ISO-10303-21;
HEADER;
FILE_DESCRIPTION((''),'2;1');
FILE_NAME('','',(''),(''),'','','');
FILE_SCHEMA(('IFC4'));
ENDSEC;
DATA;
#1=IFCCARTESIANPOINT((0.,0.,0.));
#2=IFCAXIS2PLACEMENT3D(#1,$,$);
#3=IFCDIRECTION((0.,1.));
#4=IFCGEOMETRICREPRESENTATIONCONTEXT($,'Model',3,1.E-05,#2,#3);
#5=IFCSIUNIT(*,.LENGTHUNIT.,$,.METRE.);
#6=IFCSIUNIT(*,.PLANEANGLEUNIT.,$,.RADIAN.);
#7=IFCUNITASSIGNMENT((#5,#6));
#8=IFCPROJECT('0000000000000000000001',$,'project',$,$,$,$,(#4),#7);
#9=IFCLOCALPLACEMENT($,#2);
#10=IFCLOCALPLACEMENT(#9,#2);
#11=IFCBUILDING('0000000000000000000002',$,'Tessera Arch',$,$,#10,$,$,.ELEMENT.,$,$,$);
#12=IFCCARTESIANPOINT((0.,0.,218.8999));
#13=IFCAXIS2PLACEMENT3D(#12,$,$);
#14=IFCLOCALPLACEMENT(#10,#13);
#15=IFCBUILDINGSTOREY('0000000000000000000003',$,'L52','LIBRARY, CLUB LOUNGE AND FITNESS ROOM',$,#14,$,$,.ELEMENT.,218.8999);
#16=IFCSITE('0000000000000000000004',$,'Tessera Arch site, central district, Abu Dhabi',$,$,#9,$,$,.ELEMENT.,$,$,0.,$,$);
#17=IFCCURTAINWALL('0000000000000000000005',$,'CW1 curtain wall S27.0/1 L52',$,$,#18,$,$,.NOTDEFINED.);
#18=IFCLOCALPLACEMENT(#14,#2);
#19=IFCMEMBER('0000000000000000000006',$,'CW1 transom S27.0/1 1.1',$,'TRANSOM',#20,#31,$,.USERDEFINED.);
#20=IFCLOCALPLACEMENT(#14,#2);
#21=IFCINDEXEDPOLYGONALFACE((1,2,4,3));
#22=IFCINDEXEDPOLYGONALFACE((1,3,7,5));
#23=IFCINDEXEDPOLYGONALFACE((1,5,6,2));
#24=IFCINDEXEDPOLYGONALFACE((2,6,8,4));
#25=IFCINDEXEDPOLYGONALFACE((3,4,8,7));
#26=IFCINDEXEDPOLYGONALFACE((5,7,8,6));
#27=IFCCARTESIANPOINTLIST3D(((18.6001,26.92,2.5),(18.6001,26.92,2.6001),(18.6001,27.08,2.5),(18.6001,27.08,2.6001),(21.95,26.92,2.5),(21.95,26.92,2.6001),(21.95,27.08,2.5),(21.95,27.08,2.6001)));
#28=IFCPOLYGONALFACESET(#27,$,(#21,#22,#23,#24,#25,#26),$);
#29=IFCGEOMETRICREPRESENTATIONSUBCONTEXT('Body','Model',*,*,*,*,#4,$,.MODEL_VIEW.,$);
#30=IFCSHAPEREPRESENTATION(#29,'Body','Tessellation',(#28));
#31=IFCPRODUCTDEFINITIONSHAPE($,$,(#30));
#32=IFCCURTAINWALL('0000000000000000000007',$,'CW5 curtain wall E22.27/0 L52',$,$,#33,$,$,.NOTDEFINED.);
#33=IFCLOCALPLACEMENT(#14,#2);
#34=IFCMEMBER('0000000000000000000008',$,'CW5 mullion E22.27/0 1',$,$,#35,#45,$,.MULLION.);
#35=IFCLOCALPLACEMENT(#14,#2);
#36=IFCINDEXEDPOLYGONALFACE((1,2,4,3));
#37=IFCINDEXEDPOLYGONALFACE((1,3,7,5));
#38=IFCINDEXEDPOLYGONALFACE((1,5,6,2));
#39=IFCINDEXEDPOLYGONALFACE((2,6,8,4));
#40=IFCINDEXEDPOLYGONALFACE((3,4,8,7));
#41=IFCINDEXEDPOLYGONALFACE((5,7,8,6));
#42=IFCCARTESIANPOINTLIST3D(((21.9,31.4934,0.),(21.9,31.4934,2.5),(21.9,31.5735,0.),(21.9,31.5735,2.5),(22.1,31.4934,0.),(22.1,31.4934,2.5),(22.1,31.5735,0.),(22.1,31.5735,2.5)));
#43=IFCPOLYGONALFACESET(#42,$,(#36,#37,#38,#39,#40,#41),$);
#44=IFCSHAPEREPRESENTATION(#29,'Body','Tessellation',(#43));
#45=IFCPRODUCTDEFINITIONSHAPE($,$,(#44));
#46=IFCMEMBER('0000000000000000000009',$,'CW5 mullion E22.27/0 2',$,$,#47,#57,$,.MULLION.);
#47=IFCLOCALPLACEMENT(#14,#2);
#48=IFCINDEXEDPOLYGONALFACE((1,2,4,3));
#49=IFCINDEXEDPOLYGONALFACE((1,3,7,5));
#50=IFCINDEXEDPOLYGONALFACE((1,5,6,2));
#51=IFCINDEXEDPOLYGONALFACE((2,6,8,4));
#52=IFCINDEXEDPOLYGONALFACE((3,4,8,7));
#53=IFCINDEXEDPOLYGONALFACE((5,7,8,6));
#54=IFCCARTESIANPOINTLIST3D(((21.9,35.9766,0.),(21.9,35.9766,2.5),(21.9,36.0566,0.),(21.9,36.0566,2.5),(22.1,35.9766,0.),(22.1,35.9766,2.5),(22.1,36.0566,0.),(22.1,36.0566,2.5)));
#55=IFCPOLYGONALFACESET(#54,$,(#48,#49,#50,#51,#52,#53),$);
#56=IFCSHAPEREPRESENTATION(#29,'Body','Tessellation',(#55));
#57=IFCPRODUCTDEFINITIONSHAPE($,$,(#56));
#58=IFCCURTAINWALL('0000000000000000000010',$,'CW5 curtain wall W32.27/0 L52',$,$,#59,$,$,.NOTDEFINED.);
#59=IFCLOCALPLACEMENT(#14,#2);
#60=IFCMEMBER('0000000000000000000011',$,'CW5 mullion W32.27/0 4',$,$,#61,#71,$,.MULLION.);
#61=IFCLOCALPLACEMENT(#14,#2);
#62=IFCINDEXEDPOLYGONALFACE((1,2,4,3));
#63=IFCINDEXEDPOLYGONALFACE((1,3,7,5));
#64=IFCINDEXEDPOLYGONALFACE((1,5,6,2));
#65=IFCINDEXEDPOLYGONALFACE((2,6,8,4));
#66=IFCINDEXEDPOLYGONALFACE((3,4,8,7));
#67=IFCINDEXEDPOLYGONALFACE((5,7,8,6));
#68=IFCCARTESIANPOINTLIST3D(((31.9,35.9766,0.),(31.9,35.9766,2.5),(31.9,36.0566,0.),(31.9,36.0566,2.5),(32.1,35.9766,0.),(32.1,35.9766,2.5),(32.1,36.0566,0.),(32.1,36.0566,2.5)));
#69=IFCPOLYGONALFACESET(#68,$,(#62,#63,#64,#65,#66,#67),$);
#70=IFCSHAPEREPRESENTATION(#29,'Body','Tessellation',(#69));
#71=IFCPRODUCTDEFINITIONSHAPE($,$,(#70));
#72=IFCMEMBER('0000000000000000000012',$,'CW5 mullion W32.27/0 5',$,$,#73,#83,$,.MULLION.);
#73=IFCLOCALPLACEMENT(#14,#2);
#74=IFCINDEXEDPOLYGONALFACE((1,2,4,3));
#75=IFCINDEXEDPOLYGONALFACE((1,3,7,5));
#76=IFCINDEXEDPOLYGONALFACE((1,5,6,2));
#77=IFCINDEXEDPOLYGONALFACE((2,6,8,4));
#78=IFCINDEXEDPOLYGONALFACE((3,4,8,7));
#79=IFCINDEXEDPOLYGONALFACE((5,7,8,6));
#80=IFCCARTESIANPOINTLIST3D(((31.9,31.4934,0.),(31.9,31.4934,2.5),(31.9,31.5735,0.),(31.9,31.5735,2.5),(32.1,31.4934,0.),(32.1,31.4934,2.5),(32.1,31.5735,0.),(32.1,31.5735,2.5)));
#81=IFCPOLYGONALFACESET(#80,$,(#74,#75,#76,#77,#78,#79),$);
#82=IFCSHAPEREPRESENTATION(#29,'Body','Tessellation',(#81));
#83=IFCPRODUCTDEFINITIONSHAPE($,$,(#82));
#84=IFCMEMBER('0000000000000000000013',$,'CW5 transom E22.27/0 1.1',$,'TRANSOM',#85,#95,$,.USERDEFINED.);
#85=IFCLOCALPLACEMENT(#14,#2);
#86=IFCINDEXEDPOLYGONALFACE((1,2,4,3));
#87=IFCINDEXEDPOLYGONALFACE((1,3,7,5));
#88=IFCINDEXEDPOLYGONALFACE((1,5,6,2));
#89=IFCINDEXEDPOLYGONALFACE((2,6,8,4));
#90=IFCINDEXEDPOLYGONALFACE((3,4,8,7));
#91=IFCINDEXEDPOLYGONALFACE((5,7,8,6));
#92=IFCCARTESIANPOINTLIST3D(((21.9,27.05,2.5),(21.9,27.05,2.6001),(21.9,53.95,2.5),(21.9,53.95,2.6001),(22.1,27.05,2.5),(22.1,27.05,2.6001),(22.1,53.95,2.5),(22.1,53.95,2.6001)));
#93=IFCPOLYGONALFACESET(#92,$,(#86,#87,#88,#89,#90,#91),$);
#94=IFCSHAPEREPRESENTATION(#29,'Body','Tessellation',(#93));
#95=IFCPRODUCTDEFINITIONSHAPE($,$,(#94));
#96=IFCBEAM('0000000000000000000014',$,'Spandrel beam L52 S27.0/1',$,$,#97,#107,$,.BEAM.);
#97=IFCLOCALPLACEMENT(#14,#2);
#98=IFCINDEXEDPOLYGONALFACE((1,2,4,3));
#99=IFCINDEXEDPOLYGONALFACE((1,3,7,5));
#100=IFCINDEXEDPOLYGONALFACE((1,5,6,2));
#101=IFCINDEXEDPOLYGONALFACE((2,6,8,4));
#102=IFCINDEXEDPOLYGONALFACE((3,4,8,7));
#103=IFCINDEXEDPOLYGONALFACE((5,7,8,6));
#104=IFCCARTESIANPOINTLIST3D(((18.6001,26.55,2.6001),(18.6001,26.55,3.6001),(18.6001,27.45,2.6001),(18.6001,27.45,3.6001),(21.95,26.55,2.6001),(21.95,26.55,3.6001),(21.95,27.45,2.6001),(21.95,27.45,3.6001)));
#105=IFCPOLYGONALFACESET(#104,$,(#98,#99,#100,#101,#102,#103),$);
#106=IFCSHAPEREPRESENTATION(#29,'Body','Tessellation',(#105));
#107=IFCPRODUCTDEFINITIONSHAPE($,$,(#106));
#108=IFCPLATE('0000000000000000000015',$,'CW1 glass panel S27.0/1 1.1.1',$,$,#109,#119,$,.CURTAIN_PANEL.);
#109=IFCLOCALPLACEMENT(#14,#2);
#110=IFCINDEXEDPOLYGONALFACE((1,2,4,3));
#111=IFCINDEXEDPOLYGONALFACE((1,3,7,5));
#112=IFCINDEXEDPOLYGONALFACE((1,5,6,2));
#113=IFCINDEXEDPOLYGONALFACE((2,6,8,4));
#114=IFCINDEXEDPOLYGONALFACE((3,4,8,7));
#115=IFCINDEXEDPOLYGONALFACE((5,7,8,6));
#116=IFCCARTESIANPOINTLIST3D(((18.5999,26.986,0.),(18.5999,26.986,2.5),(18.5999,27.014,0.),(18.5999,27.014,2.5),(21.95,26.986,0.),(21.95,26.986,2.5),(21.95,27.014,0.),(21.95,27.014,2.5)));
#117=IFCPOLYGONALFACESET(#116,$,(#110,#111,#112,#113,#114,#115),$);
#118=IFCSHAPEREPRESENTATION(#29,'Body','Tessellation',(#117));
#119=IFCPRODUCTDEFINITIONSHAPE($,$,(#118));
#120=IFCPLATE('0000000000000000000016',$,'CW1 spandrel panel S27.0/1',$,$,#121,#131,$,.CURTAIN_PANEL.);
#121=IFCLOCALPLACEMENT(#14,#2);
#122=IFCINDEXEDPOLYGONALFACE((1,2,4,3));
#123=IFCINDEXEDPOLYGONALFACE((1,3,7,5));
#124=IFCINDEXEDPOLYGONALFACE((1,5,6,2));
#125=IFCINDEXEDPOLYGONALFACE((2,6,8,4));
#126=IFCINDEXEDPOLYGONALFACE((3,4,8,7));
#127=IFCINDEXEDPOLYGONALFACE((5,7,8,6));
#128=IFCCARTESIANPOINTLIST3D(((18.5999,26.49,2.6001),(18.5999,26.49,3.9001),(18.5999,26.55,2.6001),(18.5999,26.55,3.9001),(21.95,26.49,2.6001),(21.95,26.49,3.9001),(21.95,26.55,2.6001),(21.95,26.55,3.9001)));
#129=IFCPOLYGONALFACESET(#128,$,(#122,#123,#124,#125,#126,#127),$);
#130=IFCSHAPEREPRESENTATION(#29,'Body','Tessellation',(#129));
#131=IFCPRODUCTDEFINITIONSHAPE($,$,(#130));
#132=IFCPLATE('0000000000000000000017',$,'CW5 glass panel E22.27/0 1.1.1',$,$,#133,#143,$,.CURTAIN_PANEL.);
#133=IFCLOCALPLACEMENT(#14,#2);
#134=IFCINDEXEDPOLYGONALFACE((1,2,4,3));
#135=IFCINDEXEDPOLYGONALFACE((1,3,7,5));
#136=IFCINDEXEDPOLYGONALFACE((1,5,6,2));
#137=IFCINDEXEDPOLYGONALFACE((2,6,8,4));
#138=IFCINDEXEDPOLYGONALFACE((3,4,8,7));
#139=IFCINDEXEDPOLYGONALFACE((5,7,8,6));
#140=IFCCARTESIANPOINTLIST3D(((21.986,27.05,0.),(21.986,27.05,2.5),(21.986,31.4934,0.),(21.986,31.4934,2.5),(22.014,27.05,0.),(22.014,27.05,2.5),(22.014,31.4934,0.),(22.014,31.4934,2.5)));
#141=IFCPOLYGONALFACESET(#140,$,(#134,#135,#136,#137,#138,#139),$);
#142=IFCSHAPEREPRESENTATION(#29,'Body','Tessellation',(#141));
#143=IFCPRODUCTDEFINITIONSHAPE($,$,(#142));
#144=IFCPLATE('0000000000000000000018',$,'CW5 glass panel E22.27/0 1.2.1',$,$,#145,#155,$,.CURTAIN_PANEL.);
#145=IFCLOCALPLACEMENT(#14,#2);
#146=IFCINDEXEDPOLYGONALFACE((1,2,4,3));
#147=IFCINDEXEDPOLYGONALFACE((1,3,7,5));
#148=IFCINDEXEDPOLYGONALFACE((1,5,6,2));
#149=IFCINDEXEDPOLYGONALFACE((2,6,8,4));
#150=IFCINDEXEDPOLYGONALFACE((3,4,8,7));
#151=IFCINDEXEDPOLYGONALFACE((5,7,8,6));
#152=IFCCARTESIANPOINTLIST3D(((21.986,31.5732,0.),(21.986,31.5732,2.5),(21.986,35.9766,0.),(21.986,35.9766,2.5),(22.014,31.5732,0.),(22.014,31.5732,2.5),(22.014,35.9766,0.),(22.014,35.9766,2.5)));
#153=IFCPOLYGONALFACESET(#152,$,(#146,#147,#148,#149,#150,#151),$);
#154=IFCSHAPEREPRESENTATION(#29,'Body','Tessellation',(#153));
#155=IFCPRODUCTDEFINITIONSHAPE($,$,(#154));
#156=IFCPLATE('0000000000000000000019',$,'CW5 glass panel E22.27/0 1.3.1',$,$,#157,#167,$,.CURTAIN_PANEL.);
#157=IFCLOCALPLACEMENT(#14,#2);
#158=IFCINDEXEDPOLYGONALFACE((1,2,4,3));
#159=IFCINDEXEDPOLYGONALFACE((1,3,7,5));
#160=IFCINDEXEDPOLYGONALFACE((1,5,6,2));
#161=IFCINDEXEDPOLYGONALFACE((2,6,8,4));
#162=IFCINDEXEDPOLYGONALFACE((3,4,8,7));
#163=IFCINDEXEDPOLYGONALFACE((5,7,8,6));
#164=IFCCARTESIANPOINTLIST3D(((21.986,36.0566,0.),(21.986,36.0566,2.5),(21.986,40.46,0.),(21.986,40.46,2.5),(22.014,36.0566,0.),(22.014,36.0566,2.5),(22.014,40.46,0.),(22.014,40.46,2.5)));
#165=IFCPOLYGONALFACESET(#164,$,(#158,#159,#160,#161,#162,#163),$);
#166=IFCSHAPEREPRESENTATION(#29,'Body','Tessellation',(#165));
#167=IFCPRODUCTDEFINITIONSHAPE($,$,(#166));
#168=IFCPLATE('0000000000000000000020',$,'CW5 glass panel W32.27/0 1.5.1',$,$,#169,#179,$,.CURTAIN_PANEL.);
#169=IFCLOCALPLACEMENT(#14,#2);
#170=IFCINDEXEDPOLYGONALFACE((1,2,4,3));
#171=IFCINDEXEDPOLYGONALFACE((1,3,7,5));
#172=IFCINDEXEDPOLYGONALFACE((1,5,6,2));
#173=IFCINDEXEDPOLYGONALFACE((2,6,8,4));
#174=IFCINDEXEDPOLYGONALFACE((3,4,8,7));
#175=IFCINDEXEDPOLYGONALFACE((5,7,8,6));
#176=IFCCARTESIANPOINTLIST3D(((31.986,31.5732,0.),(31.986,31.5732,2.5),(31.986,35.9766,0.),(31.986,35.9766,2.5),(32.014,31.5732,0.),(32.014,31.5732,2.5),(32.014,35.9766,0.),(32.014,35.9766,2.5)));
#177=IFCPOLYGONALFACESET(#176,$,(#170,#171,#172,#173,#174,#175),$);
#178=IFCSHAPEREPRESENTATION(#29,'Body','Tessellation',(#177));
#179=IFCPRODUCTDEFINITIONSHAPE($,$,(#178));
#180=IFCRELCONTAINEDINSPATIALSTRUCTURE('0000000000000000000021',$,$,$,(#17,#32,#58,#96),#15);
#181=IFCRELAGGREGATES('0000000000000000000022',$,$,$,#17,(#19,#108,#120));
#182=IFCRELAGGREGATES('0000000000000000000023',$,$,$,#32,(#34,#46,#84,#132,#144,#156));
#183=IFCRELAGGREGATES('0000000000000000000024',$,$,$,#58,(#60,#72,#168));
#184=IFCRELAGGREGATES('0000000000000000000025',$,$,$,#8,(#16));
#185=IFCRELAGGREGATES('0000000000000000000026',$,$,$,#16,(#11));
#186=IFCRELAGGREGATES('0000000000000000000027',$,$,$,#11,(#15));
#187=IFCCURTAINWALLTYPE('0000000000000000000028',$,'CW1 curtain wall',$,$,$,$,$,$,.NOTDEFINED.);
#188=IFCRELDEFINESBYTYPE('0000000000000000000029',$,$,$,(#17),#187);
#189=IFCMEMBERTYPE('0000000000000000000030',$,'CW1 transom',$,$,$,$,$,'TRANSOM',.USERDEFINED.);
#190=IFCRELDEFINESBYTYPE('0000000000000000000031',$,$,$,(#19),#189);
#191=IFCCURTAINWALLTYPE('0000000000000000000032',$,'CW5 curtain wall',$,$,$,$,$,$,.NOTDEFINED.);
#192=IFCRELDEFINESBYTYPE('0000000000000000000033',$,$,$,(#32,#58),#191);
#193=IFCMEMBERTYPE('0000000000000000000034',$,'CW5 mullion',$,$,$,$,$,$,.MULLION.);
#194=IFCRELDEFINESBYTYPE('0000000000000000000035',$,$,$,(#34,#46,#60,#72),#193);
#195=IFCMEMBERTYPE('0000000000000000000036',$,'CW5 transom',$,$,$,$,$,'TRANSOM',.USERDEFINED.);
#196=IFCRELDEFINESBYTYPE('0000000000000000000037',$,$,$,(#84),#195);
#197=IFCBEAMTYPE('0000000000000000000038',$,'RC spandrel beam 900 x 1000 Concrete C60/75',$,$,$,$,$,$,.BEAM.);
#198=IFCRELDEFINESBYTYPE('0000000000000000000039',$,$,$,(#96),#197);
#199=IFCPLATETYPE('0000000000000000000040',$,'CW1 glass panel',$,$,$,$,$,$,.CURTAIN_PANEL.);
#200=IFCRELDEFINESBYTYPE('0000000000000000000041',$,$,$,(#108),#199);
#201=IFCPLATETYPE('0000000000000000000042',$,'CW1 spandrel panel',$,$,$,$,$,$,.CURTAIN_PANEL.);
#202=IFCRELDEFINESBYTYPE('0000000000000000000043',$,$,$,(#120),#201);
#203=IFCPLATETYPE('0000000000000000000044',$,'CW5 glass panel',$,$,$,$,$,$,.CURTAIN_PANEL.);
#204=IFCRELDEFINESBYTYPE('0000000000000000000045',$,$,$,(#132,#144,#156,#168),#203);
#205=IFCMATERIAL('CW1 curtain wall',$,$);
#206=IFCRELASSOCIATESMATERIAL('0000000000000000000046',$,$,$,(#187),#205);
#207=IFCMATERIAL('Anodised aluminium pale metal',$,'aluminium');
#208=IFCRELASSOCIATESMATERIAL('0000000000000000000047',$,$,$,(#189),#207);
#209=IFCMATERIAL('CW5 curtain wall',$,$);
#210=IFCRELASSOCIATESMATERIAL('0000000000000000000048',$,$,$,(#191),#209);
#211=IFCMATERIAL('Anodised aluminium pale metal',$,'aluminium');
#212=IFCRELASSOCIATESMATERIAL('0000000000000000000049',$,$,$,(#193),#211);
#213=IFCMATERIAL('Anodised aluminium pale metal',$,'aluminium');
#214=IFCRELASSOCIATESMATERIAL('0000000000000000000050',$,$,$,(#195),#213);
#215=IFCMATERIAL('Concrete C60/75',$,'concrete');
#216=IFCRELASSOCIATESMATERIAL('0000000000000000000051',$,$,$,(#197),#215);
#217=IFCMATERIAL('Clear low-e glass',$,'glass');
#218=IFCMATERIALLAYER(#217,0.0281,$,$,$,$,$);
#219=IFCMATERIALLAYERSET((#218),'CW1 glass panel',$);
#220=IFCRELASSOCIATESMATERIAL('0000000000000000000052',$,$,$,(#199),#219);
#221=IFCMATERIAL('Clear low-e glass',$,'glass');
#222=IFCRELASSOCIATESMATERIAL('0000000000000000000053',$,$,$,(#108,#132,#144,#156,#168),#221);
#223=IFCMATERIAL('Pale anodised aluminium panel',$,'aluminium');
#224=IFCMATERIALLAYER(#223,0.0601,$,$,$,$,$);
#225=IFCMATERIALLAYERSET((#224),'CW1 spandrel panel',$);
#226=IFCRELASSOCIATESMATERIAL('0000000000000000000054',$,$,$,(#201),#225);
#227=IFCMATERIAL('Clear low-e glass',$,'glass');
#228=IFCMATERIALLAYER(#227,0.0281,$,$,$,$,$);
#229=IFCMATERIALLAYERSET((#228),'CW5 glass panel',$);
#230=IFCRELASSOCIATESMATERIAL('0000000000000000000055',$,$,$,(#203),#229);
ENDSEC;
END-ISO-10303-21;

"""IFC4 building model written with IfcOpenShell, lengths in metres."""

from ifc_helpers import new_model, si_unit, direction, frame, origin, origin_2d, place, context, subcontext, project, spatial, rectangle, extrude, material, layer, layer_set, material_profile, profile_set, type_object, element, aggregate, save


model = new_model("IFC4")

# Units and contexts
model_context = context("Model", 3, precision=1e-05, world=origin(), true_north=direction((0.0, 1.0)))
body_context = subcontext(model_context, "Body", "Model", "MODEL_VIEW")
ifc_project = project(units=[si_unit("LENGTHUNIT", "METRE"), si_unit("PLANEANGLEUNIT", "RADIAN")], contexts=[model_context])

# Site, building, storey
site_placement = place(None, origin())
site = spatial("IfcSite", under=ifc_project, at=site_placement, Name="Tessera Arch site, central district, Abu Dhabi", CompositionType="ELEMENT", RefElevation=0.0)
building_placement = place(site_placement, origin())
building = spatial("IfcBuilding", under=site, at=building_placement, Name="Tessera Arch", CompositionType="ELEMENT")
storey_placement = place(building_placement, frame((0.0, 0.0, 218.8999)))
storey = spatial("IfcBuildingStorey", under=building, at=storey_placement, Name="L52", Description="LIBRARY, CLUB LOUNGE AND FITNESS ROOM", CompositionType="ELEMENT", Elevation=218.8999)

# Curtain wall, member
ifc_material_1 = material(Name="CW1 curtain wall")
curtain_wall_type_1 = type_object("IfcCurtainWallType", Name="CW1 curtain wall", PredefinedType="NOTDEFINED", material=ifc_material_1)
curtain_wall_1_placement = place(storey_placement, origin())
curtain_wall_1 = element("IfcCurtainWall", 1, at=curtain_wall_1_placement, inside=storey, type_object=curtain_wall_type_1, Name="CW1 curtain wall S27.0/1 L52", PredefinedType="NOTDEFINED")
ifc_material_2 = material(Name="Anodised aluminium pale metal", Category="aluminium")
ifc_material_profile_1 = material_profile(ifc_material_2, rectangle(XDim=0.1599, YDim=0.1001, at=origin_2d()), Name="AL 160x100")
ifc_profile_set_1 = profile_set([ifc_material_profile_1], Name="Anodised aluminium pale metal")
member_type_1 = type_object("IfcMemberType", Name="CW1 transom", ElementType="TRANSOM", PredefinedType="USERDEFINED", material=ifc_profile_set_1)
member_1_placement = place(storey_placement, frame((18.6001, 27.0, 2.55), z_axis=(1.0, 0.0, 0.0), x_axis=(0.0, 1.0, 0.0)))
member_1 = element("IfcMember", 2, at=member_1_placement, type_object=member_type_1, Name="CW1 transom S27.0/1 1.1", ObjectType="TRANSOM", PredefinedType="USERDEFINED", context=body_context, shape_type="SweptSolid", body=[
    extrude(rectangle(XDim=0.1599, YDim=0.1001, at=origin_2d()), origin(), (0.0, 0.0, 1.0), 3.3499),
])

# Curtain walls, members
ifc_material_3 = material(Name="CW5 curtain wall")
curtain_wall_type_2 = type_object("IfcCurtainWallType", Name="CW5 curtain wall", PredefinedType="NOTDEFINED", material=ifc_material_3)
curtain_wall_2_placement = place(storey_placement, origin())
curtain_wall_2 = element("IfcCurtainWall", 3, at=curtain_wall_2_placement, inside=storey, type_object=curtain_wall_type_2, Name="CW5 curtain wall E22.27/0 L52", PredefinedType="NOTDEFINED")
ifc_material_4 = material(Name="Anodised aluminium pale metal", Category="aluminium")
ifc_material_profile_2 = material_profile(ifc_material_4, rectangle(XDim=0.2, YDim=0.0801, at=origin_2d()), Name="AL 80x200")
ifc_profile_set_2 = profile_set([ifc_material_profile_2], Name="Anodised aluminium pale metal")
member_type_2 = type_object("IfcMemberType", Name="CW5 mullion", PredefinedType="MULLION", material=ifc_profile_set_2)
member_2_placement = place(storey_placement, frame((22.0, 31.5334, 0.0), z_axis=(0.0, 0.0, 1.0), x_axis=(-1.0, 0.0, 0.0)))
member_2 = element("IfcMember", 4, at=member_2_placement, type_object=member_type_2, Name="CW5 mullion E22.27/0 1", PredefinedType="MULLION", context=body_context, shape_type="SweptSolid", body=[
    extrude(rectangle(XDim=0.2, YDim=0.0801, at=origin_2d()), origin(), (0.0, 0.0, 1.0), 2.5),
])
member_3_placement = place(storey_placement, frame((22.0, 36.0166, 0.0), z_axis=(0.0, 0.0, 1.0), x_axis=(-1.0, 0.0, 0.0)))
member_3 = element("IfcMember", 5, at=member_3_placement, type_object=member_type_2, Name="CW5 mullion E22.27/0 2", PredefinedType="MULLION", context=body_context, shape_type="SweptSolid", body=[
    extrude(rectangle(XDim=0.2, YDim=0.0801, at=origin_2d()), origin(), (0.0, 0.0, 1.0), 2.5),
])
curtain_wall_3_placement = place(storey_placement, origin())
curtain_wall_3 = element("IfcCurtainWall", 6, at=curtain_wall_3_placement, inside=storey, type_object=curtain_wall_type_2, Name="CW5 curtain wall W32.27/0 L52", PredefinedType="NOTDEFINED")
member_4_placement = place(storey_placement, frame((32.0, 36.0166, 0.0), z_axis=(0.0, 0.0, 1.0), x_axis=(1.0, 0.0, 0.0)))
member_4 = element("IfcMember", 7, at=member_4_placement, type_object=member_type_2, Name="CW5 mullion W32.27/0 4", PredefinedType="MULLION", context=body_context, shape_type="SweptSolid", body=[
    extrude(rectangle(XDim=0.2, YDim=0.0801, at=origin_2d()), origin(), (0.0, 0.0, 1.0), 2.5),
])
member_5_placement = place(storey_placement, frame((32.0, 31.5334, 0.0), z_axis=(0.0, 0.0, 1.0), x_axis=(1.0, 0.0, 0.0)))
member_5 = element("IfcMember", 8, at=member_5_placement, type_object=member_type_2, Name="CW5 mullion W32.27/0 5", PredefinedType="MULLION", context=body_context, shape_type="SweptSolid", body=[
    extrude(rectangle(XDim=0.2, YDim=0.0801, at=origin_2d()), origin(), (0.0, 0.0, 1.0), 2.5),
])

# Member
ifc_material_5 = material(Name="Anodised aluminium pale metal", Category="aluminium")
ifc_material_profile_3 = material_profile(ifc_material_5, rectangle(XDim=0.2, YDim=0.1001, at=origin_2d()), Name="AL 200x100")
ifc_profile_set_3 = profile_set([ifc_material_profile_3], Name="Anodised aluminium pale metal")
member_type_3 = type_object("IfcMemberType", Name="CW5 transom", ElementType="TRANSOM", PredefinedType="USERDEFINED", material=ifc_profile_set_3)
member_6_placement = place(storey_placement, frame((22.0, 27.05, 2.55), z_axis=(0.0, 1.0, 0.0), x_axis=(-1.0, 0.0, 0.0)))
member_6 = element("IfcMember", 9, at=member_6_placement, type_object=member_type_3, Name="CW5 transom E22.27/0 1.1", ObjectType="TRANSOM", PredefinedType="USERDEFINED", context=body_context, shape_type="SweptSolid", body=[
    extrude(rectangle(XDim=0.2, YDim=0.1001, at=origin_2d()), origin(), (0.0, 0.0, 1.0), 26.8999),
])

# Beam
ifc_material_6 = material(Name="Concrete C60/75", Category="concrete")
ifc_material_profile_4 = material_profile(ifc_material_6, rectangle(XDim=0.8999, YDim=1.0, at=origin_2d()), Name="RC spandrel beam 900 x 1000 Concrete C60/75")
ifc_profile_set_4 = profile_set([ifc_material_profile_4], Name="Concrete C60/75")
beam_type = type_object("IfcBeamType", Name="RC spandrel beam 900 x 1000 Concrete C60/75", PredefinedType="BEAM", material=ifc_profile_set_4)
beam_placement = place(storey_placement, frame((18.6001, 27.0, 3.1001), z_axis=(1.0, 0.0, 0.0), x_axis=(0.0, 1.0, 0.0)))
element("IfcBeam", 10, at=beam_placement, inside=storey, type_object=beam_type, Name="Spandrel beam L52 S27.0/1", PredefinedType="BEAM", context=body_context, shape_type="SweptSolid", body=[
    extrude(rectangle(XDim=0.8999, YDim=1.0, at=origin_2d()), origin(), (0.0, 0.0, 1.0), 3.3499),
])

# Plates
ifc_material_7 = material(Name="Clear low-e glass", Category="glass")
ifc_material_8 = material(Name="Clear low-e glass", Category="glass")
ifc_layer_1 = layer(ifc_material_8, 0.0281)
ifc_layer_set_1 = layer_set([ifc_layer_1], Name="CW1 glass panel")
plate_type_1 = type_object("IfcPlateType", Name="CW1 glass panel", PredefinedType="CURTAIN_PANEL", material=ifc_layer_set_1)
plate_1_placement = place(storey_placement, frame((20.2749, 27.0, 0.0), z_axis=(0.0, 0.0, 1.0), x_axis=(1.0, 0.0, 0.0)))
plate_1 = element("IfcPlate", 11, at=plate_1_placement, type_object=plate_type_1, material=ifc_material_7, Name="CW1 glass panel S27.0/1 1.1.1", PredefinedType="CURTAIN_PANEL", context=body_context, shape_type="SweptSolid", body=[
    extrude(rectangle(XDim=3.3501, YDim=0.0281, at=origin_2d()), origin(), (0.0, 0.0, 1.0), 2.5),
])
ifc_material_9 = material(Name="Pale anodised aluminium panel", Category="aluminium")
ifc_layer_2 = layer(ifc_material_9, 0.0601)
ifc_layer_set_2 = layer_set([ifc_layer_2], Name="CW1 spandrel panel")
plate_type_2 = type_object("IfcPlateType", Name="CW1 spandrel panel", PredefinedType="CURTAIN_PANEL", material=ifc_layer_set_2)
plate_2_placement = place(storey_placement, frame((20.2749, 26.52, 2.6001), z_axis=(0.0, 0.0, 1.0), x_axis=(1.0, 0.0, 0.0)))
plate_2 = element("IfcPlate", 12, at=plate_2_placement, type_object=plate_type_2, Name="CW1 spandrel panel S27.0/1", PredefinedType="CURTAIN_PANEL", context=body_context, shape_type="SweptSolid", body=[
    extrude(rectangle(XDim=3.3501, YDim=0.0601, at=origin_2d()), origin(), (0.0, 0.0, 1.0), 1.3),
])
aggregate(curtain_wall_1, [member_1, plate_1, plate_2])
ifc_material_10 = material(Name="Clear low-e glass", Category="glass")
ifc_layer_3 = layer(ifc_material_10, 0.0281)
ifc_layer_set_3 = layer_set([ifc_layer_3], Name="CW5 glass panel")
plate_type_3 = type_object("IfcPlateType", Name="CW5 glass panel", PredefinedType="CURTAIN_PANEL", material=ifc_layer_set_3)
plate_3_placement = place(storey_placement, frame((22.0, 29.2717, 0.0), z_axis=(0.0, 0.0, 1.0), x_axis=(0.0, 1.0, 0.0)))
plate_3 = element("IfcPlate", 13, at=plate_3_placement, type_object=plate_type_3, material=ifc_material_7, Name="CW5 glass panel E22.27/0 1.1.1", PredefinedType="CURTAIN_PANEL", context=body_context, shape_type="SweptSolid", body=[
    extrude(rectangle(XDim=4.4434, YDim=0.0281, at=origin_2d()), origin(), (0.0, 0.0, 1.0), 2.5),
])
plate_4_placement = place(storey_placement, frame((22.0, 33.7749, 0.0), z_axis=(0.0, 0.0, 1.0), x_axis=(0.0, 1.0, 0.0)))
plate_4 = element("IfcPlate", 14, at=plate_4_placement, type_object=plate_type_3, material=ifc_material_7, Name="CW5 glass panel E22.27/0 1.2.1", PredefinedType="CURTAIN_PANEL", context=body_context, shape_type="SweptSolid", body=[
    extrude(rectangle(XDim=4.4033, YDim=0.0281, at=origin_2d()), origin(), (0.0, 0.0, 1.0), 2.5),
])
plate_5_placement = place(storey_placement, frame((22.0, 38.2583, 0.0), z_axis=(0.0, 0.0, 1.0), x_axis=(0.0, 1.0, 0.0)))
plate_5 = element("IfcPlate", 15, at=plate_5_placement, type_object=plate_type_3, material=ifc_material_7, Name="CW5 glass panel E22.27/0 1.3.1", PredefinedType="CURTAIN_PANEL", context=body_context, shape_type="SweptSolid", body=[
    extrude(rectangle(XDim=4.4033, YDim=0.0281, at=origin_2d()), origin(), (0.0, 0.0, 1.0), 2.5),
])
aggregate(curtain_wall_2, [member_2, member_3, member_6, plate_3, plate_4, plate_5])
plate_6_placement = place(storey_placement, frame((32.0, 33.7749, 0.0), z_axis=(0.0, 0.0, 1.0), x_axis=(0.0, -1.0, 0.0)))
plate_6 = element("IfcPlate", 16, at=plate_6_placement, type_object=plate_type_3, material=ifc_material_7, Name="CW5 glass panel W32.27/0 1.5.1", PredefinedType="CURTAIN_PANEL", context=body_context, shape_type="SweptSolid", body=[
    extrude(rectangle(XDim=4.4033, YDim=0.0281, at=origin_2d()), origin(), (0.0, 0.0, 1.0), 2.5),
])
aggregate(curtain_wall_3, [member_4, member_5, plate_6])

save(model, "model.ifc")
